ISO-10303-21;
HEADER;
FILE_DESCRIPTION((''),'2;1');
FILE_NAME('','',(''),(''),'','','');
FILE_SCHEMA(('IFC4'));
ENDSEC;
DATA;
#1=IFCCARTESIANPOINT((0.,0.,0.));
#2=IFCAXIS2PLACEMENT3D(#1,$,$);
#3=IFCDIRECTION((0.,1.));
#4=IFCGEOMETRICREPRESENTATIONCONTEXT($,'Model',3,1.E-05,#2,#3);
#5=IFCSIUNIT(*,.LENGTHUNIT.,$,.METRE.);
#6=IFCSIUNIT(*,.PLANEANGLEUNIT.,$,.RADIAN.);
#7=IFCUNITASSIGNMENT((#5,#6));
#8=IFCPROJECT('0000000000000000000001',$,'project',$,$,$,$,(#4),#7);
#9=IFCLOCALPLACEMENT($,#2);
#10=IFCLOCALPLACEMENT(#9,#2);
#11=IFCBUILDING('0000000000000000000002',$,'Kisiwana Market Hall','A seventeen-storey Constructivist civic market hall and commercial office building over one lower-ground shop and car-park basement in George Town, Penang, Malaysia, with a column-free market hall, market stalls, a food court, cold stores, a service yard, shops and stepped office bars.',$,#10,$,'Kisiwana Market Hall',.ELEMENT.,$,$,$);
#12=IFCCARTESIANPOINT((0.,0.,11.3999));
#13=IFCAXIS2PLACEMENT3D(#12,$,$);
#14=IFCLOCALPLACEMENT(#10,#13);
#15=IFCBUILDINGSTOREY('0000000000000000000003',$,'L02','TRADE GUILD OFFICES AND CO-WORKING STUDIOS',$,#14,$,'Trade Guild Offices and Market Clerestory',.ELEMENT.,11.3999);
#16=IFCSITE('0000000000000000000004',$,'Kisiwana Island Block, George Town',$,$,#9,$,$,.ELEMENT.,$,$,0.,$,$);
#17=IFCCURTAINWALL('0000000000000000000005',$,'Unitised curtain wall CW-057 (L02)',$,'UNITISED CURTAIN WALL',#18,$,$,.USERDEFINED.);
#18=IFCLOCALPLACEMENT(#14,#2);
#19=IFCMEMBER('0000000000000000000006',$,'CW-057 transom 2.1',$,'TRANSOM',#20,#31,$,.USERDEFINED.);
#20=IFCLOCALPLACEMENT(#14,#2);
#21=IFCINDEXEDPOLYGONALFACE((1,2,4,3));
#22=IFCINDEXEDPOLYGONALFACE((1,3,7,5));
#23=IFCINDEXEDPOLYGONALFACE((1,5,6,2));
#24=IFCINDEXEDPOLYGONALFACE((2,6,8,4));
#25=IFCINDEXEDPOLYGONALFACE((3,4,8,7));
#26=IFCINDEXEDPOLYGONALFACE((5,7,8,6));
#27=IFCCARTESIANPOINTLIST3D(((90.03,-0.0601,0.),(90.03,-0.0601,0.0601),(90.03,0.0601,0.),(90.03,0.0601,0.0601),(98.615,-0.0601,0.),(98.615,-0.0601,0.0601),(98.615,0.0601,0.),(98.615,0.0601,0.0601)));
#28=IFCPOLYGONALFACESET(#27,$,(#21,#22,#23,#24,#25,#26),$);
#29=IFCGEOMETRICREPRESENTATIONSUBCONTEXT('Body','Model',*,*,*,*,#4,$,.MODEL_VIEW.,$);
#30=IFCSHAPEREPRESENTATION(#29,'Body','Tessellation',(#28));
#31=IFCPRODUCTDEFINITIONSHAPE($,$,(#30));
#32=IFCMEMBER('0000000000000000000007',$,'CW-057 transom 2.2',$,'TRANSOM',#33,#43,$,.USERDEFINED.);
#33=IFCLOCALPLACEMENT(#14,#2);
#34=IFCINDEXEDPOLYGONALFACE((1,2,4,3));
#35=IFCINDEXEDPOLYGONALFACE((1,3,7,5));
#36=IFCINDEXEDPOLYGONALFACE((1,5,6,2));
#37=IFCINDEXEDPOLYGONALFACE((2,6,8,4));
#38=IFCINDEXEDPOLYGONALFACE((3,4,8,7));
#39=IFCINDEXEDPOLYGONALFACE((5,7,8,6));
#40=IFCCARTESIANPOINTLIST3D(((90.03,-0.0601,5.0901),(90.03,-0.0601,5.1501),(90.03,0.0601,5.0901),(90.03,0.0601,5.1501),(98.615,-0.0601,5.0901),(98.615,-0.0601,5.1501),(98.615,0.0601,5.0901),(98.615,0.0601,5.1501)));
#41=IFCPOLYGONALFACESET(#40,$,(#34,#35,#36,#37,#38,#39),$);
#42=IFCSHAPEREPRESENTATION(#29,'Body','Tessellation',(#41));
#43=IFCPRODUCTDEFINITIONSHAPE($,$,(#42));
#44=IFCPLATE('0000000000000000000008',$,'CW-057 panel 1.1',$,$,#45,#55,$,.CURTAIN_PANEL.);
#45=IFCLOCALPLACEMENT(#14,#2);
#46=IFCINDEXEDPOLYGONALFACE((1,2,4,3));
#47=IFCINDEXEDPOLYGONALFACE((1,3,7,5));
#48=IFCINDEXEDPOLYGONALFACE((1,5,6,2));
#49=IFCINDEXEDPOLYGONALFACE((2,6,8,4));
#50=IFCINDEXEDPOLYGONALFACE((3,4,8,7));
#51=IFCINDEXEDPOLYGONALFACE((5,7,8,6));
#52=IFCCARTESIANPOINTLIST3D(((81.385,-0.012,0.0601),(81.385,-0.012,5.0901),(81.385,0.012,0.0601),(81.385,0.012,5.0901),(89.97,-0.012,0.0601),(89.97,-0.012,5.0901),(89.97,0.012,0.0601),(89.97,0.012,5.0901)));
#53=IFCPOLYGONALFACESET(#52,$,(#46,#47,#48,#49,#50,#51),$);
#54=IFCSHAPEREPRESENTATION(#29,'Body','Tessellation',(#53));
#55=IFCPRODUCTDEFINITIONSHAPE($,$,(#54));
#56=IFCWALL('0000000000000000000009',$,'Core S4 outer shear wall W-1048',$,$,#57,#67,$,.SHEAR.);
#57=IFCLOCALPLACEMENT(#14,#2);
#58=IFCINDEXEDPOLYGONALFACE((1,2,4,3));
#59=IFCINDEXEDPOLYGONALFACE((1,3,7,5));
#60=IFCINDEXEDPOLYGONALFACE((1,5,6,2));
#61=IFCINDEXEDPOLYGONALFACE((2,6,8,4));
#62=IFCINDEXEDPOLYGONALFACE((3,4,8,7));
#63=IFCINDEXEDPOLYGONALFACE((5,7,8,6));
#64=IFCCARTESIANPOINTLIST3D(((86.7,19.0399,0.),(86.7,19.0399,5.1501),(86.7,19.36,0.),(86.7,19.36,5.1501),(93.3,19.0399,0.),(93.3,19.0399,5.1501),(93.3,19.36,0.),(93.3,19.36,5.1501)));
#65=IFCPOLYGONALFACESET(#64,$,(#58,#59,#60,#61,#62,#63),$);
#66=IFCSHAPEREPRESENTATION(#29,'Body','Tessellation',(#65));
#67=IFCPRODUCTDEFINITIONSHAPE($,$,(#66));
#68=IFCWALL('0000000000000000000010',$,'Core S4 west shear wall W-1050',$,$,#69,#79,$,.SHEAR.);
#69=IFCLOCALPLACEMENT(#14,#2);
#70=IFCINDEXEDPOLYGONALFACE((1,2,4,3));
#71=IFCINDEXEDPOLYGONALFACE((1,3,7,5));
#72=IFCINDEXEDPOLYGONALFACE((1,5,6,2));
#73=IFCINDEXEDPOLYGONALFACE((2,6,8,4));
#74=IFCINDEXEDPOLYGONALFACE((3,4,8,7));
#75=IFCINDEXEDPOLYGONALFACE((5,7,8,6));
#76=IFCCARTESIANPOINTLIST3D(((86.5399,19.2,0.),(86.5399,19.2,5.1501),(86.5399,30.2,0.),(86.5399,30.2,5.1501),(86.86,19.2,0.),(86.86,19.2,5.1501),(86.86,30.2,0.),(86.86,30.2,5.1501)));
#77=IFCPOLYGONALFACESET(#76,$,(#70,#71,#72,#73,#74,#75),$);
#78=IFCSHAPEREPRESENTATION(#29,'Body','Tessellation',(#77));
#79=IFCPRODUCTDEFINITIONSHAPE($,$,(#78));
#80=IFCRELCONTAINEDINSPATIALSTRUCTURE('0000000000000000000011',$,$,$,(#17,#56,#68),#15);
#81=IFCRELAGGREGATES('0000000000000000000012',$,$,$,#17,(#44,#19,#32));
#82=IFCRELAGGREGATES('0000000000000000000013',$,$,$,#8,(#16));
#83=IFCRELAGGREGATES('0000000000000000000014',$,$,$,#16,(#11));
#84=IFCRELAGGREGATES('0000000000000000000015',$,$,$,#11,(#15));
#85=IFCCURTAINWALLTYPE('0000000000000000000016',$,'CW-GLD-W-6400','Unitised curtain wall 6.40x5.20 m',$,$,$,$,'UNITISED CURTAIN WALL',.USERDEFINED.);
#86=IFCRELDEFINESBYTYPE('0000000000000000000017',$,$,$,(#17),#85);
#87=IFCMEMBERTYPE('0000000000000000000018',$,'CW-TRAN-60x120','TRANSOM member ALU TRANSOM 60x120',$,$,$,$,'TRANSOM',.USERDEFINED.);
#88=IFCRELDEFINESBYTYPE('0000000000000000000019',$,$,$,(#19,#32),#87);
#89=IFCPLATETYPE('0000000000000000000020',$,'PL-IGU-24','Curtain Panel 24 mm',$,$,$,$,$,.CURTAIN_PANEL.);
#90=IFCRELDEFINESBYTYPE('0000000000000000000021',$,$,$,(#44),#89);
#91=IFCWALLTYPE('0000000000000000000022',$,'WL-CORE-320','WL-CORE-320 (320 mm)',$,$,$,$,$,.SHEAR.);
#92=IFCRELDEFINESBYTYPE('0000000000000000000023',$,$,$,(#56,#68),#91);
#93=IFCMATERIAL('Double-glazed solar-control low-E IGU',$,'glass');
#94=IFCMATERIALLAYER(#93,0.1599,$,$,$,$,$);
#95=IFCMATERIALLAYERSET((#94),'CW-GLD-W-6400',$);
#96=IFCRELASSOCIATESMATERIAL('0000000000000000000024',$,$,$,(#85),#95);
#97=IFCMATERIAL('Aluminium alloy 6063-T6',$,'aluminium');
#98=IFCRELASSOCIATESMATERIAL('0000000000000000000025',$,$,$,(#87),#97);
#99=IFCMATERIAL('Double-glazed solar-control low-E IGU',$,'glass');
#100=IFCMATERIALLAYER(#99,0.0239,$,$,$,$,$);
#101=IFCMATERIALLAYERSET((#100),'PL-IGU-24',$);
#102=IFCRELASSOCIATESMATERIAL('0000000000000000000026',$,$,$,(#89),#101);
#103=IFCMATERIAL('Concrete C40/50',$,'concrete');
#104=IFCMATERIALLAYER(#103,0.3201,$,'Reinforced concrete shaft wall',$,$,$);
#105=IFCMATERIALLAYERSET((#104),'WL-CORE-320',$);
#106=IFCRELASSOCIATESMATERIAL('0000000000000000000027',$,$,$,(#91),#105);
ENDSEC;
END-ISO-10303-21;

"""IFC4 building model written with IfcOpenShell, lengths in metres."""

from ifc_helpers import new_model, si_unit, direction, frame, frame_2d, origin, origin_2d, place, context, subcontext, project, spatial, rectangle, extrude, material, layer, layer_set, material_profile, profile_set, type_object, element, aggregate, save


model = new_model("IFC4")

# Units and contexts
model_context = context("Model", 3, precision=1e-05, world=origin(), true_north=direction((0.0, 1.0)))
body_context = subcontext(model_context, "Body", "Model", "MODEL_VIEW")
ifc_project = project(units=[si_unit("LENGTHUNIT", "METRE"), si_unit("PLANEANGLEUNIT", "RADIAN")], contexts=[model_context])

# Site, building, storey
site_placement = place(None, origin())
site = spatial("IfcSite", under=ifc_project, at=site_placement, Name="Kisiwana Island Block, George Town", CompositionType="ELEMENT", RefElevation=0.0)
building_placement = place(site_placement, origin())
building = spatial("IfcBuilding", under=site, at=building_placement, Name="Kisiwana Market Hall", Description="A seventeen-storey Constructivist civic market hall and commercial office building over one lower-ground shop and car-park basement in George Town, Penang, Malaysia, with a column-free market hall, market stalls, a food court, cold stores, a service yard, shops and stepped office bars.", LongName="Kisiwana Market Hall", CompositionType="ELEMENT")
storey_placement = place(building_placement, frame((0.0, 0.0, 11.3999)))
storey = spatial("IfcBuildingStorey", under=building, at=storey_placement, Name="L02", Description="TRADE GUILD OFFICES AND CO-WORKING STUDIOS", LongName="Trade Guild Offices and Market Clerestory", CompositionType="ELEMENT", Elevation=11.3999)

# Curtain wall, members, plate
ifc_material_1 = material(Name="Double-glazed solar-control low-E IGU", Category="glass")
ifc_layer_1 = layer(ifc_material_1, 0.1599)
ifc_layer_set_1 = layer_set([ifc_layer_1], Name="CW-GLD-W-6400")
curtain_wall_type = type_object("IfcCurtainWallType", Name="CW-GLD-W-6400", Description="Unitised curtain wall 6.40x5.20 m", ElementType="UNITISED CURTAIN WALL", PredefinedType="USERDEFINED", material=ifc_layer_set_1)
curtain_wall_placement = place(storey_placement, origin())
curtain_wall = element("IfcCurtainWall", 1, at=curtain_wall_placement, inside=storey, type_object=curtain_wall_type, Name="Unitised curtain wall CW-057 (L02)", ObjectType="UNITISED CURTAIN WALL", PredefinedType="USERDEFINED")
ifc_material_2 = material(Name="Aluminium alloy 6063-T6", Category="aluminium")
ifc_material_profile_1 = material_profile(ifc_material_2, rectangle(XDim=0.1201, YDim=0.0601, at=origin_2d()), Name="ALU TRANSOM 60x120")
ifc_profile_set_1 = profile_set([ifc_material_profile_1], Name="Aluminium alloy 6063-T6")
member_type_1 = type_object("IfcMemberType", Name="CW-TRAN-60x120", Description="TRANSOM member ALU TRANSOM 60x120", ElementType="TRANSOM", PredefinedType="USERDEFINED", material=ifc_profile_set_1)
member_1_placement = place(storey_placement, frame((90.03, 0.0, 0.03), z_axis=(1.0, 0.0, 0.0), x_axis=(0.0, 1.0, 0.0)))
member_1 = element("IfcMember", 2, at=member_1_placement, type_object=member_type_1, Name="CW-057 transom 2.1", ObjectType="TRANSOM", PredefinedType="USERDEFINED", context=body_context, shape_type="SweptSolid", body=[
    extrude(rectangle(XDim=0.1201, YDim=0.0601, at=origin_2d()), origin(), (0.0, 0.0, 1.0), 8.585),
])
member_2_placement = place(storey_placement, frame((90.03, 0.0, 5.1201), z_axis=(1.0, 0.0, 0.0), x_axis=(0.0, 1.0, 0.0)))
member_2 = element("IfcMember", 3, at=member_2_placement, type_object=member_type_1, Name="CW-057 transom 2.2", ObjectType="TRANSOM", PredefinedType="USERDEFINED", context=body_context, shape_type="SweptSolid", body=[
    extrude(rectangle(XDim=0.1201, YDim=0.0601, at=origin_2d()), origin(), (0.0, 0.0, 1.0), 8.585),
])
ifc_material_3 = material(Name="Double-glazed solar-control low-E IGU", Category="glass")
ifc_layer_2 = layer(ifc_material_3, 0.0239)
ifc_layer_set_2 = layer_set([ifc_layer_2], Name="PL-IGU-24")
plate_type = type_object("IfcPlateType", Name="PL-IGU-24", Description="Curtain Panel 24 mm", PredefinedType="CURTAIN_PANEL", material=ifc_layer_set_2)
plate_placement = place(storey_placement, frame((85.6775, 0.0, 0.0601), z_axis=(0.0, 0.0, 1.0), x_axis=(1.0, 0.0, 0.0)))
plate = element("IfcPlate", 4, at=plate_placement, type_object=plate_type, Name="CW-057 panel 1.1", PredefinedType="CURTAIN_PANEL", context=body_context, shape_type="SweptSolid", body=[
    extrude(rectangle(XDim=8.585, YDim=0.0239, at=origin_2d()), origin(), (0.0, 0.0, 1.0), 5.03),
])
aggregate(curtain_wall, [plate, member_1, member_2])

# Walls
ifc_material_4 = material(Name="Concrete C40/50", Category="concrete")
ifc_layer_3 = layer(ifc_material_4, 0.3201, Name="Reinforced concrete shaft wall")
ifc_layer_set_3 = layer_set([ifc_layer_3], Name="WL-CORE-320")
wall_type = type_object("IfcWallType", Name="WL-CORE-320", Description="WL-CORE-320 (320 mm)", PredefinedType="SHEAR", material=ifc_layer_set_3)
wall_1_placement = place(storey_placement, frame((86.7, 19.2, 0.0), z_axis=(0.0, 0.0, 1.0), x_axis=(1.0, 0.0, 0.0)))
element("IfcWall", 5, at=wall_1_placement, inside=storey, type_object=wall_type, Name="Core S4 outer shear wall W-1048", PredefinedType="SHEAR", context=body_context, shape_type="SweptSolid", body=[
    extrude(rectangle(XDim=6.6001, YDim=0.3201, at=frame_2d((3.3, 0.0))), origin(), (0.0, 0.0, 1.0), 5.1501),
])
wall_2_placement = place(storey_placement, frame((86.7, 19.2, 0.0), z_axis=(0.0, 0.0, 1.0), x_axis=(0.0, 1.0, 0.0)))
element("IfcWall", 6, at=wall_2_placement, inside=storey, type_object=wall_type, Name="Core S4 west shear wall W-1050", PredefinedType="SHEAR", context=body_context, shape_type="SweptSolid", body=[
    extrude(rectangle(XDim=11.0, YDim=0.3201, at=frame_2d((5.5, 0.0))), origin(), (0.0, 0.0, 1.0), 5.1501),
])

save(model, "model.ifc")
